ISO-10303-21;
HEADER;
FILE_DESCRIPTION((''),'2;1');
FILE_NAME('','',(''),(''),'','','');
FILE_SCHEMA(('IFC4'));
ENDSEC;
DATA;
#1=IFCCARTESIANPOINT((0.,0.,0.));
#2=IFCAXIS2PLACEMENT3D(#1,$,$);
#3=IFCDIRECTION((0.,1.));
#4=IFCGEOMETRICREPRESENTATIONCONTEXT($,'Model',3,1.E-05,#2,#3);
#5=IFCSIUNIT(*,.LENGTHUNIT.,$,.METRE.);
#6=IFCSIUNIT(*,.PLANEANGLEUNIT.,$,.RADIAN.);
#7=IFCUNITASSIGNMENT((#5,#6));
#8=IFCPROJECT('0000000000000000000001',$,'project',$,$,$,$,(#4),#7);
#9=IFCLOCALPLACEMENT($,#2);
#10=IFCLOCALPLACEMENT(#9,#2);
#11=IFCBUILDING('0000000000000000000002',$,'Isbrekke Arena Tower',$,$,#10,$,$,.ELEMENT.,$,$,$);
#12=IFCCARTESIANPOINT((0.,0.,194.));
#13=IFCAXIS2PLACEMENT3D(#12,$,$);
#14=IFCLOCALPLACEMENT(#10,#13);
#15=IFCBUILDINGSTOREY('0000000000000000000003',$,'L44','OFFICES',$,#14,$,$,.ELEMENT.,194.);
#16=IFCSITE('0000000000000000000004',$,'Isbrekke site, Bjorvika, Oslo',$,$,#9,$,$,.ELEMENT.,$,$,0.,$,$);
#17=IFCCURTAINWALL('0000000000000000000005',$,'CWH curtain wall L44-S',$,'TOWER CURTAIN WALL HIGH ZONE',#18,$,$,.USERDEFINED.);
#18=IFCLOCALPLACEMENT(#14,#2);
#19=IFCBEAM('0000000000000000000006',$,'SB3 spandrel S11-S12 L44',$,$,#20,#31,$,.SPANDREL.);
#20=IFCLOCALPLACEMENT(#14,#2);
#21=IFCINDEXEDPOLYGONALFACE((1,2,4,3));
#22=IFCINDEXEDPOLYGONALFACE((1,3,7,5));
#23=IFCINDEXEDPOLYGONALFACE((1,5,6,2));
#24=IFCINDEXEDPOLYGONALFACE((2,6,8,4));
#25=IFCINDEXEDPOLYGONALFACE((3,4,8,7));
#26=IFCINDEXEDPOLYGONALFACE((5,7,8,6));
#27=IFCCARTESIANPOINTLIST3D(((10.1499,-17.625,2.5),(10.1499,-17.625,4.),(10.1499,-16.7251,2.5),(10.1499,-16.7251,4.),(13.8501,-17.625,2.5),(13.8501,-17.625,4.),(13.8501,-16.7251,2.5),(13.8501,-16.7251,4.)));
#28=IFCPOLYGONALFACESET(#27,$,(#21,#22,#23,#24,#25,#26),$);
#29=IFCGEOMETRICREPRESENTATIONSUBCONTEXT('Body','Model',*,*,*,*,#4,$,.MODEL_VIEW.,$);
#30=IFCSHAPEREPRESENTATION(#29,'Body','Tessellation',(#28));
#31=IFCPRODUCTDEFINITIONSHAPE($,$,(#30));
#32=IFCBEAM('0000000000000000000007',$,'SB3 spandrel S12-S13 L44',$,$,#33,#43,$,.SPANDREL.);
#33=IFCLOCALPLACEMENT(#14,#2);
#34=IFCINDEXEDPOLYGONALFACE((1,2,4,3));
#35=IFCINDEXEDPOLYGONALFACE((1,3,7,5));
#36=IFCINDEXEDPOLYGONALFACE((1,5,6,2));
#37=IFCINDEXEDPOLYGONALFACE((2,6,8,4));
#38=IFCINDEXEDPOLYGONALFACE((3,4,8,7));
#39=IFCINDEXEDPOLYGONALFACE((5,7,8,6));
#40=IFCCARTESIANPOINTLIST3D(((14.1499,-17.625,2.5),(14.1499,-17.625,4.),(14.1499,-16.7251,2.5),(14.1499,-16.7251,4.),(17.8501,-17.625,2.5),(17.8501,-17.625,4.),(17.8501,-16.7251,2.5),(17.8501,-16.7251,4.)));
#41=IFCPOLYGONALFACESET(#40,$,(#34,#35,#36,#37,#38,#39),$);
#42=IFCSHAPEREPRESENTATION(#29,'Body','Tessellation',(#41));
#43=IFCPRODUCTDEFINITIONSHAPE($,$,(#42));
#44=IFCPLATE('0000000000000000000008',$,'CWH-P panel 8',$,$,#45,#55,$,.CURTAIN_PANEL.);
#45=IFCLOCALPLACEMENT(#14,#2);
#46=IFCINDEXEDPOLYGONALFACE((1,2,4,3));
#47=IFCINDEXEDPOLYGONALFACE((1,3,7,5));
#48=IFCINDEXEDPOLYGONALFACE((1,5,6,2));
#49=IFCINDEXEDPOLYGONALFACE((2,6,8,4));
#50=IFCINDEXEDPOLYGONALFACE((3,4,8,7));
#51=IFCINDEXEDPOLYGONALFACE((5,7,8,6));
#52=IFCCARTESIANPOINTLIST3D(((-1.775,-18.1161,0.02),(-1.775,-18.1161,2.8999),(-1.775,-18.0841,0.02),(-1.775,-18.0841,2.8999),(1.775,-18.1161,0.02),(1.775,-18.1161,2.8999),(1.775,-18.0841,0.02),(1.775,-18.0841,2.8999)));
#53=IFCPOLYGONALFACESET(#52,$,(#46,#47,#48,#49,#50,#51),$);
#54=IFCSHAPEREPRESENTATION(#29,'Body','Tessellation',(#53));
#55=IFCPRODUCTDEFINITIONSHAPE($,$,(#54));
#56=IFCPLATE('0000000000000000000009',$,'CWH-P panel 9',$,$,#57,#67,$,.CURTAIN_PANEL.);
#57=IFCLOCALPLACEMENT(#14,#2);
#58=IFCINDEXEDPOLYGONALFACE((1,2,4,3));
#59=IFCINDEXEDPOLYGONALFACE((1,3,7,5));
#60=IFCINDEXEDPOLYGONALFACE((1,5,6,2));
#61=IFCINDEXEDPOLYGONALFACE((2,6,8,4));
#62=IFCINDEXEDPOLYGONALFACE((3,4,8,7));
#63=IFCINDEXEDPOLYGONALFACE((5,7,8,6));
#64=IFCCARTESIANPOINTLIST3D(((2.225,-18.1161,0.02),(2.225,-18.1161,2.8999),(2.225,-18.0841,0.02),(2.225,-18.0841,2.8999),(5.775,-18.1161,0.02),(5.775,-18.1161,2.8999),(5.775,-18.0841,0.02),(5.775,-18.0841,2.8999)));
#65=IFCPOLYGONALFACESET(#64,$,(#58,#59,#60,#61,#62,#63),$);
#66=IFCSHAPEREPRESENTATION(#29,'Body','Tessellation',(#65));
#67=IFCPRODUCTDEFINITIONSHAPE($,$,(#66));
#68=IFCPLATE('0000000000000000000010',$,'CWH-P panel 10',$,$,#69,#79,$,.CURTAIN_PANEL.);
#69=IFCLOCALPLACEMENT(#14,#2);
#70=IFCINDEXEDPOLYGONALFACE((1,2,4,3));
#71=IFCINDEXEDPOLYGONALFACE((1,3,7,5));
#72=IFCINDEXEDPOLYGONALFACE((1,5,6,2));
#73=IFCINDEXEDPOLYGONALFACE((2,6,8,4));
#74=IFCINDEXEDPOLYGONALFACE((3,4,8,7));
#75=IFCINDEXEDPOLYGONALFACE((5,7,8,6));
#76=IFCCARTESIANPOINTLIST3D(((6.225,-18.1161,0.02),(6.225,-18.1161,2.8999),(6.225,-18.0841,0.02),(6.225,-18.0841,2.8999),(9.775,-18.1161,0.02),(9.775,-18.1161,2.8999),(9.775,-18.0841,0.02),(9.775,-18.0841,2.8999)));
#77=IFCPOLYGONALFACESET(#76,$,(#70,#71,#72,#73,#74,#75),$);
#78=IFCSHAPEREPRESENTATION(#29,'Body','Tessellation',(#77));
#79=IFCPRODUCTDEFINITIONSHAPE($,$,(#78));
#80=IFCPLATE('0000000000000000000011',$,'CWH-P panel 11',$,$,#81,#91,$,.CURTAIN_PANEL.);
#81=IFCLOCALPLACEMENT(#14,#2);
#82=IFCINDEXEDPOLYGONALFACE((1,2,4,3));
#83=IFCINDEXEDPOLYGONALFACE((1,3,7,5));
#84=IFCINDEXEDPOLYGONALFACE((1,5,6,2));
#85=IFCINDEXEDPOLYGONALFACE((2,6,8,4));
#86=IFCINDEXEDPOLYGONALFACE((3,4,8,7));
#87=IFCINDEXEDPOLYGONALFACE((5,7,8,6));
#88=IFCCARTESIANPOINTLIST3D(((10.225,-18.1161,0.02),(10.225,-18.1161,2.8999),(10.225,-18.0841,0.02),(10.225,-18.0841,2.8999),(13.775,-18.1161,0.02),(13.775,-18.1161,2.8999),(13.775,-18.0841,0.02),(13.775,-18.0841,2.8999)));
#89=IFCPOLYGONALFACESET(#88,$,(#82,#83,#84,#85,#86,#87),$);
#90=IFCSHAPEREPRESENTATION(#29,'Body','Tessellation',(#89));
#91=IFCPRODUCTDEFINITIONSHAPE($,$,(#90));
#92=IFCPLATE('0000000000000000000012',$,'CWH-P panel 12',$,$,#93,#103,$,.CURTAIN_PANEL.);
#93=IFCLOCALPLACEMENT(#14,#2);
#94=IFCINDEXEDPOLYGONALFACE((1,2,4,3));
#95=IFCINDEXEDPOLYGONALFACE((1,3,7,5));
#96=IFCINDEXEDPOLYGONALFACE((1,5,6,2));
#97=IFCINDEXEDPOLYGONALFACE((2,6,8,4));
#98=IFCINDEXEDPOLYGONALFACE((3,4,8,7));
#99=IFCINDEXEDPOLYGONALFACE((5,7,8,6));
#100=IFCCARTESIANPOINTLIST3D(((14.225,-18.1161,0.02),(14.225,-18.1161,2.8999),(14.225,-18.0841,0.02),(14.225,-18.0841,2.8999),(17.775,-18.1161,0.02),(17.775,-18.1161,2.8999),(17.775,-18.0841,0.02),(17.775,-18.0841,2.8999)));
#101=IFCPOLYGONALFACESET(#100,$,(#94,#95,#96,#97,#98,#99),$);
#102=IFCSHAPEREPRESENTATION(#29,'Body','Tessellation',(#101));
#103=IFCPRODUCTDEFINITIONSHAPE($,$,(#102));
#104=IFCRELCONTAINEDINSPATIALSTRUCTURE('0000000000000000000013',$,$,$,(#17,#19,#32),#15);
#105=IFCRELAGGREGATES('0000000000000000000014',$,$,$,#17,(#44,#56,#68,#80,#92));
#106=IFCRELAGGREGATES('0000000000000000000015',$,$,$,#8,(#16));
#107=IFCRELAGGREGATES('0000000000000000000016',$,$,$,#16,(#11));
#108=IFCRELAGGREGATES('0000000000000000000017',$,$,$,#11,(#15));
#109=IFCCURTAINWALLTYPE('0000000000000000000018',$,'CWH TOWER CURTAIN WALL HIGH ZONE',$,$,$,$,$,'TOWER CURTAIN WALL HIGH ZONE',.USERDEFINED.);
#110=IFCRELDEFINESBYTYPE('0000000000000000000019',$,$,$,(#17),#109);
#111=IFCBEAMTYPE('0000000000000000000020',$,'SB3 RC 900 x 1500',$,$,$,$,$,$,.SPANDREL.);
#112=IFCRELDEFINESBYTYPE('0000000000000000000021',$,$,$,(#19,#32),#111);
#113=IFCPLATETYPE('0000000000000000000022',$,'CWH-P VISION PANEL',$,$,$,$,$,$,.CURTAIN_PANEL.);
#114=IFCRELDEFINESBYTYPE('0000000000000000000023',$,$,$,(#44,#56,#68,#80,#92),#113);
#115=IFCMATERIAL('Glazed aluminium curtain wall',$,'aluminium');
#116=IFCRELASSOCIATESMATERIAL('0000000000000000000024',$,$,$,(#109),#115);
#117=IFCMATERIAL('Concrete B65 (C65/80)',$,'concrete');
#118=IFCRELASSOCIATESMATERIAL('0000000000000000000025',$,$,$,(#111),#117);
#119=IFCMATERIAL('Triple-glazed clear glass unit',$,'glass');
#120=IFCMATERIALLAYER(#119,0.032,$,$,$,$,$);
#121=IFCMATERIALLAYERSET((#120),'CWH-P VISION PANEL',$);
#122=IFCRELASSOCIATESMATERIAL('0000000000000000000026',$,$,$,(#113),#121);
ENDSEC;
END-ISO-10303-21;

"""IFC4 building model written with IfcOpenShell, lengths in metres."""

from ifc_helpers import new_model, si_unit, direction, frame, origin, origin_2d, place, context, subcontext, project, spatial, rectangle, extrude, material, layer, layer_set, material_profile, profile_set, type_object, element, aggregate, save


model = new_model("IFC4")

# Units and contexts
model_context = context("Model", 3, precision=1e-05, world=origin(), true_north=direction((0.0, 1.0)))
body_context = subcontext(model_context, "Body", "Model", "MODEL_VIEW")
ifc_project = project(units=[si_unit("LENGTHUNIT", "METRE"), si_unit("PLANEANGLEUNIT", "RADIAN")], contexts=[model_context])

# Site, building, storey
site_placement = place(None, origin())
site = spatial("IfcSite", under=ifc_project, at=site_placement, Name="Isbrekke site, Bjorvika, Oslo", CompositionType="ELEMENT", RefElevation=0.0)
building_placement = place(site_placement, origin())
building = spatial("IfcBuilding", under=site, at=building_placement, Name="Isbrekke Arena Tower", CompositionType="ELEMENT")
storey_placement = place(building_placement, frame((0.0, 0.0, 194.0)))
storey = spatial("IfcBuildingStorey", under=building, at=storey_placement, Name="L44", Description="OFFICES", CompositionType="ELEMENT", Elevation=194.0)

# Curtain wall
ifc_material_1 = material(Name="Glazed aluminium curtain wall", Category="aluminium")
curtain_wall_type = type_object("IfcCurtainWallType", Name="CWH TOWER CURTAIN WALL HIGH ZONE", ElementType="TOWER CURTAIN WALL HIGH ZONE", PredefinedType="USERDEFINED", material=ifc_material_1)
curtain_wall_placement = place(storey_placement, origin())
curtain_wall = element("IfcCurtainWall", 1, at=curtain_wall_placement, inside=storey, type_object=curtain_wall_type, Name="CWH curtain wall L44-S", ObjectType="TOWER CURTAIN WALL HIGH ZONE", PredefinedType="USERDEFINED")

# Beams
ifc_material_2 = material(Name="Concrete B65 (C65/80)", Category="concrete")
ifc_material_profile_1 = material_profile(ifc_material_2, rectangle(XDim=0.8999, YDim=1.5, at=origin_2d()), Name="RC 900x1500")
ifc_profile_set_1 = profile_set([ifc_material_profile_1], Name="Concrete B65 (C65/80)")
beam_type_1 = type_object("IfcBeamType", Name="SB3 RC 900 x 1500", PredefinedType="SPANDREL", material=ifc_profile_set_1)
for number, where, z_axis, x_axis, name in (
    (2, (10.1499, -17.175, 3.25), (1.0, 0.0, 0.0), (0.0, 1.0, 0.0), "SB3 spandrel S11-S12 L44"),
    (3, (14.1499, -17.175, 3.25), (1.0, 0.0, 0.0), (0.0, 1.0, 0.0), "SB3 spandrel S12-S13 L44"),
):
    element("IfcBeam", number, at=place(storey_placement, frame(where, z_axis=z_axis, x_axis=x_axis)), inside=storey, type_object=beam_type_1, Name=name, PredefinedType="SPANDREL", context=body_context, shape_type="SweptSolid", body=[
        extrude(rectangle(XDim=0.8999, YDim=1.5, at=origin_2d()), origin(), (0.0, 0.0, 1.0), 3.7002),
    ])

# Plates
ifc_material_3 = material(Name="Triple-glazed clear glass unit", Category="glass")
ifc_layer = layer(ifc_material_3, 0.032)
ifc_layer_set = layer_set([ifc_layer], Name="CWH-P VISION PANEL")
plate_type = type_object("IfcPlateType", Name="CWH-P VISION PANEL", PredefinedType="CURTAIN_PANEL", material=ifc_layer_set)
plate_1_placement = place(storey_placement, frame((0.0, -18.1001, 0.02), z_axis=(0.0, 0.0, 1.0), x_axis=(1.0, 0.0, 0.0)))
plate_1 = element("IfcPlate", 4, at=plate_1_placement, type_object=plate_type, Name="CWH-P panel 8", PredefinedType="CURTAIN_PANEL", context=body_context, shape_type="SweptSolid", body=[
    extrude(rectangle(XDim=3.55, YDim=0.032, at=origin_2d()), origin(), (0.0, 0.0, 1.0), 2.8799),
])
plate_2_placement = place(storey_placement, frame((4.0, -18.1001, 0.02), z_axis=(0.0, 0.0, 1.0), x_axis=(1.0, 0.0, 0.0)))
plate_2 = element("IfcPlate", 5, at=plate_2_placement, type_object=plate_type, Name="CWH-P panel 9", PredefinedType="CURTAIN_PANEL", context=body_context, shape_type="SweptSolid", body=[
    extrude(rectangle(XDim=3.55, YDim=0.032, at=origin_2d()), origin(), (0.0, 0.0, 1.0), 2.8799),
])
plate_3_placement = place(storey_placement, frame((8.0, -18.1001, 0.02), z_axis=(0.0, 0.0, 1.0), x_axis=(1.0, 0.0, 0.0)))
plate_3 = element("IfcPlate", 6, at=plate_3_placement, type_object=plate_type, Name="CWH-P panel 10", PredefinedType="CURTAIN_PANEL", context=body_context, shape_type="SweptSolid", body=[
    extrude(rectangle(XDim=3.55, YDim=0.032, at=origin_2d()), origin(), (0.0, 0.0, 1.0), 2.8799),
])
plate_4_placement = place(storey_placement, frame((12.0, -18.1001, 0.02), z_axis=(0.0, 0.0, 1.0), x_axis=(1.0, 0.0, 0.0)))
plate_4 = element("IfcPlate", 7, at=plate_4_placement, type_object=plate_type, Name="CWH-P panel 11", PredefinedType="CURTAIN_PANEL", context=body_context, shape_type="SweptSolid", body=[
    extrude(rectangle(XDim=3.55, YDim=0.032, at=origin_2d()), origin(), (0.0, 0.0, 1.0), 2.8799),
])
plate_5_placement = place(storey_placement, frame((16.0, -18.1001, 0.02), z_axis=(0.0, 0.0, 1.0), x_axis=(1.0, 0.0, 0.0)))
plate_5 = element("IfcPlate", 8, at=plate_5_placement, type_object=plate_type, Name="CWH-P panel 12", PredefinedType="CURTAIN_PANEL", context=body_context, shape_type="SweptSolid", body=[
    extrude(rectangle(XDim=3.55, YDim=0.032, at=origin_2d()), origin(), (0.0, 0.0, 1.0), 2.8799),
])
aggregate(curtain_wall, [plate_1, plate_2, plate_3, plate_4, plate_5])

save(model, "model.ifc")
